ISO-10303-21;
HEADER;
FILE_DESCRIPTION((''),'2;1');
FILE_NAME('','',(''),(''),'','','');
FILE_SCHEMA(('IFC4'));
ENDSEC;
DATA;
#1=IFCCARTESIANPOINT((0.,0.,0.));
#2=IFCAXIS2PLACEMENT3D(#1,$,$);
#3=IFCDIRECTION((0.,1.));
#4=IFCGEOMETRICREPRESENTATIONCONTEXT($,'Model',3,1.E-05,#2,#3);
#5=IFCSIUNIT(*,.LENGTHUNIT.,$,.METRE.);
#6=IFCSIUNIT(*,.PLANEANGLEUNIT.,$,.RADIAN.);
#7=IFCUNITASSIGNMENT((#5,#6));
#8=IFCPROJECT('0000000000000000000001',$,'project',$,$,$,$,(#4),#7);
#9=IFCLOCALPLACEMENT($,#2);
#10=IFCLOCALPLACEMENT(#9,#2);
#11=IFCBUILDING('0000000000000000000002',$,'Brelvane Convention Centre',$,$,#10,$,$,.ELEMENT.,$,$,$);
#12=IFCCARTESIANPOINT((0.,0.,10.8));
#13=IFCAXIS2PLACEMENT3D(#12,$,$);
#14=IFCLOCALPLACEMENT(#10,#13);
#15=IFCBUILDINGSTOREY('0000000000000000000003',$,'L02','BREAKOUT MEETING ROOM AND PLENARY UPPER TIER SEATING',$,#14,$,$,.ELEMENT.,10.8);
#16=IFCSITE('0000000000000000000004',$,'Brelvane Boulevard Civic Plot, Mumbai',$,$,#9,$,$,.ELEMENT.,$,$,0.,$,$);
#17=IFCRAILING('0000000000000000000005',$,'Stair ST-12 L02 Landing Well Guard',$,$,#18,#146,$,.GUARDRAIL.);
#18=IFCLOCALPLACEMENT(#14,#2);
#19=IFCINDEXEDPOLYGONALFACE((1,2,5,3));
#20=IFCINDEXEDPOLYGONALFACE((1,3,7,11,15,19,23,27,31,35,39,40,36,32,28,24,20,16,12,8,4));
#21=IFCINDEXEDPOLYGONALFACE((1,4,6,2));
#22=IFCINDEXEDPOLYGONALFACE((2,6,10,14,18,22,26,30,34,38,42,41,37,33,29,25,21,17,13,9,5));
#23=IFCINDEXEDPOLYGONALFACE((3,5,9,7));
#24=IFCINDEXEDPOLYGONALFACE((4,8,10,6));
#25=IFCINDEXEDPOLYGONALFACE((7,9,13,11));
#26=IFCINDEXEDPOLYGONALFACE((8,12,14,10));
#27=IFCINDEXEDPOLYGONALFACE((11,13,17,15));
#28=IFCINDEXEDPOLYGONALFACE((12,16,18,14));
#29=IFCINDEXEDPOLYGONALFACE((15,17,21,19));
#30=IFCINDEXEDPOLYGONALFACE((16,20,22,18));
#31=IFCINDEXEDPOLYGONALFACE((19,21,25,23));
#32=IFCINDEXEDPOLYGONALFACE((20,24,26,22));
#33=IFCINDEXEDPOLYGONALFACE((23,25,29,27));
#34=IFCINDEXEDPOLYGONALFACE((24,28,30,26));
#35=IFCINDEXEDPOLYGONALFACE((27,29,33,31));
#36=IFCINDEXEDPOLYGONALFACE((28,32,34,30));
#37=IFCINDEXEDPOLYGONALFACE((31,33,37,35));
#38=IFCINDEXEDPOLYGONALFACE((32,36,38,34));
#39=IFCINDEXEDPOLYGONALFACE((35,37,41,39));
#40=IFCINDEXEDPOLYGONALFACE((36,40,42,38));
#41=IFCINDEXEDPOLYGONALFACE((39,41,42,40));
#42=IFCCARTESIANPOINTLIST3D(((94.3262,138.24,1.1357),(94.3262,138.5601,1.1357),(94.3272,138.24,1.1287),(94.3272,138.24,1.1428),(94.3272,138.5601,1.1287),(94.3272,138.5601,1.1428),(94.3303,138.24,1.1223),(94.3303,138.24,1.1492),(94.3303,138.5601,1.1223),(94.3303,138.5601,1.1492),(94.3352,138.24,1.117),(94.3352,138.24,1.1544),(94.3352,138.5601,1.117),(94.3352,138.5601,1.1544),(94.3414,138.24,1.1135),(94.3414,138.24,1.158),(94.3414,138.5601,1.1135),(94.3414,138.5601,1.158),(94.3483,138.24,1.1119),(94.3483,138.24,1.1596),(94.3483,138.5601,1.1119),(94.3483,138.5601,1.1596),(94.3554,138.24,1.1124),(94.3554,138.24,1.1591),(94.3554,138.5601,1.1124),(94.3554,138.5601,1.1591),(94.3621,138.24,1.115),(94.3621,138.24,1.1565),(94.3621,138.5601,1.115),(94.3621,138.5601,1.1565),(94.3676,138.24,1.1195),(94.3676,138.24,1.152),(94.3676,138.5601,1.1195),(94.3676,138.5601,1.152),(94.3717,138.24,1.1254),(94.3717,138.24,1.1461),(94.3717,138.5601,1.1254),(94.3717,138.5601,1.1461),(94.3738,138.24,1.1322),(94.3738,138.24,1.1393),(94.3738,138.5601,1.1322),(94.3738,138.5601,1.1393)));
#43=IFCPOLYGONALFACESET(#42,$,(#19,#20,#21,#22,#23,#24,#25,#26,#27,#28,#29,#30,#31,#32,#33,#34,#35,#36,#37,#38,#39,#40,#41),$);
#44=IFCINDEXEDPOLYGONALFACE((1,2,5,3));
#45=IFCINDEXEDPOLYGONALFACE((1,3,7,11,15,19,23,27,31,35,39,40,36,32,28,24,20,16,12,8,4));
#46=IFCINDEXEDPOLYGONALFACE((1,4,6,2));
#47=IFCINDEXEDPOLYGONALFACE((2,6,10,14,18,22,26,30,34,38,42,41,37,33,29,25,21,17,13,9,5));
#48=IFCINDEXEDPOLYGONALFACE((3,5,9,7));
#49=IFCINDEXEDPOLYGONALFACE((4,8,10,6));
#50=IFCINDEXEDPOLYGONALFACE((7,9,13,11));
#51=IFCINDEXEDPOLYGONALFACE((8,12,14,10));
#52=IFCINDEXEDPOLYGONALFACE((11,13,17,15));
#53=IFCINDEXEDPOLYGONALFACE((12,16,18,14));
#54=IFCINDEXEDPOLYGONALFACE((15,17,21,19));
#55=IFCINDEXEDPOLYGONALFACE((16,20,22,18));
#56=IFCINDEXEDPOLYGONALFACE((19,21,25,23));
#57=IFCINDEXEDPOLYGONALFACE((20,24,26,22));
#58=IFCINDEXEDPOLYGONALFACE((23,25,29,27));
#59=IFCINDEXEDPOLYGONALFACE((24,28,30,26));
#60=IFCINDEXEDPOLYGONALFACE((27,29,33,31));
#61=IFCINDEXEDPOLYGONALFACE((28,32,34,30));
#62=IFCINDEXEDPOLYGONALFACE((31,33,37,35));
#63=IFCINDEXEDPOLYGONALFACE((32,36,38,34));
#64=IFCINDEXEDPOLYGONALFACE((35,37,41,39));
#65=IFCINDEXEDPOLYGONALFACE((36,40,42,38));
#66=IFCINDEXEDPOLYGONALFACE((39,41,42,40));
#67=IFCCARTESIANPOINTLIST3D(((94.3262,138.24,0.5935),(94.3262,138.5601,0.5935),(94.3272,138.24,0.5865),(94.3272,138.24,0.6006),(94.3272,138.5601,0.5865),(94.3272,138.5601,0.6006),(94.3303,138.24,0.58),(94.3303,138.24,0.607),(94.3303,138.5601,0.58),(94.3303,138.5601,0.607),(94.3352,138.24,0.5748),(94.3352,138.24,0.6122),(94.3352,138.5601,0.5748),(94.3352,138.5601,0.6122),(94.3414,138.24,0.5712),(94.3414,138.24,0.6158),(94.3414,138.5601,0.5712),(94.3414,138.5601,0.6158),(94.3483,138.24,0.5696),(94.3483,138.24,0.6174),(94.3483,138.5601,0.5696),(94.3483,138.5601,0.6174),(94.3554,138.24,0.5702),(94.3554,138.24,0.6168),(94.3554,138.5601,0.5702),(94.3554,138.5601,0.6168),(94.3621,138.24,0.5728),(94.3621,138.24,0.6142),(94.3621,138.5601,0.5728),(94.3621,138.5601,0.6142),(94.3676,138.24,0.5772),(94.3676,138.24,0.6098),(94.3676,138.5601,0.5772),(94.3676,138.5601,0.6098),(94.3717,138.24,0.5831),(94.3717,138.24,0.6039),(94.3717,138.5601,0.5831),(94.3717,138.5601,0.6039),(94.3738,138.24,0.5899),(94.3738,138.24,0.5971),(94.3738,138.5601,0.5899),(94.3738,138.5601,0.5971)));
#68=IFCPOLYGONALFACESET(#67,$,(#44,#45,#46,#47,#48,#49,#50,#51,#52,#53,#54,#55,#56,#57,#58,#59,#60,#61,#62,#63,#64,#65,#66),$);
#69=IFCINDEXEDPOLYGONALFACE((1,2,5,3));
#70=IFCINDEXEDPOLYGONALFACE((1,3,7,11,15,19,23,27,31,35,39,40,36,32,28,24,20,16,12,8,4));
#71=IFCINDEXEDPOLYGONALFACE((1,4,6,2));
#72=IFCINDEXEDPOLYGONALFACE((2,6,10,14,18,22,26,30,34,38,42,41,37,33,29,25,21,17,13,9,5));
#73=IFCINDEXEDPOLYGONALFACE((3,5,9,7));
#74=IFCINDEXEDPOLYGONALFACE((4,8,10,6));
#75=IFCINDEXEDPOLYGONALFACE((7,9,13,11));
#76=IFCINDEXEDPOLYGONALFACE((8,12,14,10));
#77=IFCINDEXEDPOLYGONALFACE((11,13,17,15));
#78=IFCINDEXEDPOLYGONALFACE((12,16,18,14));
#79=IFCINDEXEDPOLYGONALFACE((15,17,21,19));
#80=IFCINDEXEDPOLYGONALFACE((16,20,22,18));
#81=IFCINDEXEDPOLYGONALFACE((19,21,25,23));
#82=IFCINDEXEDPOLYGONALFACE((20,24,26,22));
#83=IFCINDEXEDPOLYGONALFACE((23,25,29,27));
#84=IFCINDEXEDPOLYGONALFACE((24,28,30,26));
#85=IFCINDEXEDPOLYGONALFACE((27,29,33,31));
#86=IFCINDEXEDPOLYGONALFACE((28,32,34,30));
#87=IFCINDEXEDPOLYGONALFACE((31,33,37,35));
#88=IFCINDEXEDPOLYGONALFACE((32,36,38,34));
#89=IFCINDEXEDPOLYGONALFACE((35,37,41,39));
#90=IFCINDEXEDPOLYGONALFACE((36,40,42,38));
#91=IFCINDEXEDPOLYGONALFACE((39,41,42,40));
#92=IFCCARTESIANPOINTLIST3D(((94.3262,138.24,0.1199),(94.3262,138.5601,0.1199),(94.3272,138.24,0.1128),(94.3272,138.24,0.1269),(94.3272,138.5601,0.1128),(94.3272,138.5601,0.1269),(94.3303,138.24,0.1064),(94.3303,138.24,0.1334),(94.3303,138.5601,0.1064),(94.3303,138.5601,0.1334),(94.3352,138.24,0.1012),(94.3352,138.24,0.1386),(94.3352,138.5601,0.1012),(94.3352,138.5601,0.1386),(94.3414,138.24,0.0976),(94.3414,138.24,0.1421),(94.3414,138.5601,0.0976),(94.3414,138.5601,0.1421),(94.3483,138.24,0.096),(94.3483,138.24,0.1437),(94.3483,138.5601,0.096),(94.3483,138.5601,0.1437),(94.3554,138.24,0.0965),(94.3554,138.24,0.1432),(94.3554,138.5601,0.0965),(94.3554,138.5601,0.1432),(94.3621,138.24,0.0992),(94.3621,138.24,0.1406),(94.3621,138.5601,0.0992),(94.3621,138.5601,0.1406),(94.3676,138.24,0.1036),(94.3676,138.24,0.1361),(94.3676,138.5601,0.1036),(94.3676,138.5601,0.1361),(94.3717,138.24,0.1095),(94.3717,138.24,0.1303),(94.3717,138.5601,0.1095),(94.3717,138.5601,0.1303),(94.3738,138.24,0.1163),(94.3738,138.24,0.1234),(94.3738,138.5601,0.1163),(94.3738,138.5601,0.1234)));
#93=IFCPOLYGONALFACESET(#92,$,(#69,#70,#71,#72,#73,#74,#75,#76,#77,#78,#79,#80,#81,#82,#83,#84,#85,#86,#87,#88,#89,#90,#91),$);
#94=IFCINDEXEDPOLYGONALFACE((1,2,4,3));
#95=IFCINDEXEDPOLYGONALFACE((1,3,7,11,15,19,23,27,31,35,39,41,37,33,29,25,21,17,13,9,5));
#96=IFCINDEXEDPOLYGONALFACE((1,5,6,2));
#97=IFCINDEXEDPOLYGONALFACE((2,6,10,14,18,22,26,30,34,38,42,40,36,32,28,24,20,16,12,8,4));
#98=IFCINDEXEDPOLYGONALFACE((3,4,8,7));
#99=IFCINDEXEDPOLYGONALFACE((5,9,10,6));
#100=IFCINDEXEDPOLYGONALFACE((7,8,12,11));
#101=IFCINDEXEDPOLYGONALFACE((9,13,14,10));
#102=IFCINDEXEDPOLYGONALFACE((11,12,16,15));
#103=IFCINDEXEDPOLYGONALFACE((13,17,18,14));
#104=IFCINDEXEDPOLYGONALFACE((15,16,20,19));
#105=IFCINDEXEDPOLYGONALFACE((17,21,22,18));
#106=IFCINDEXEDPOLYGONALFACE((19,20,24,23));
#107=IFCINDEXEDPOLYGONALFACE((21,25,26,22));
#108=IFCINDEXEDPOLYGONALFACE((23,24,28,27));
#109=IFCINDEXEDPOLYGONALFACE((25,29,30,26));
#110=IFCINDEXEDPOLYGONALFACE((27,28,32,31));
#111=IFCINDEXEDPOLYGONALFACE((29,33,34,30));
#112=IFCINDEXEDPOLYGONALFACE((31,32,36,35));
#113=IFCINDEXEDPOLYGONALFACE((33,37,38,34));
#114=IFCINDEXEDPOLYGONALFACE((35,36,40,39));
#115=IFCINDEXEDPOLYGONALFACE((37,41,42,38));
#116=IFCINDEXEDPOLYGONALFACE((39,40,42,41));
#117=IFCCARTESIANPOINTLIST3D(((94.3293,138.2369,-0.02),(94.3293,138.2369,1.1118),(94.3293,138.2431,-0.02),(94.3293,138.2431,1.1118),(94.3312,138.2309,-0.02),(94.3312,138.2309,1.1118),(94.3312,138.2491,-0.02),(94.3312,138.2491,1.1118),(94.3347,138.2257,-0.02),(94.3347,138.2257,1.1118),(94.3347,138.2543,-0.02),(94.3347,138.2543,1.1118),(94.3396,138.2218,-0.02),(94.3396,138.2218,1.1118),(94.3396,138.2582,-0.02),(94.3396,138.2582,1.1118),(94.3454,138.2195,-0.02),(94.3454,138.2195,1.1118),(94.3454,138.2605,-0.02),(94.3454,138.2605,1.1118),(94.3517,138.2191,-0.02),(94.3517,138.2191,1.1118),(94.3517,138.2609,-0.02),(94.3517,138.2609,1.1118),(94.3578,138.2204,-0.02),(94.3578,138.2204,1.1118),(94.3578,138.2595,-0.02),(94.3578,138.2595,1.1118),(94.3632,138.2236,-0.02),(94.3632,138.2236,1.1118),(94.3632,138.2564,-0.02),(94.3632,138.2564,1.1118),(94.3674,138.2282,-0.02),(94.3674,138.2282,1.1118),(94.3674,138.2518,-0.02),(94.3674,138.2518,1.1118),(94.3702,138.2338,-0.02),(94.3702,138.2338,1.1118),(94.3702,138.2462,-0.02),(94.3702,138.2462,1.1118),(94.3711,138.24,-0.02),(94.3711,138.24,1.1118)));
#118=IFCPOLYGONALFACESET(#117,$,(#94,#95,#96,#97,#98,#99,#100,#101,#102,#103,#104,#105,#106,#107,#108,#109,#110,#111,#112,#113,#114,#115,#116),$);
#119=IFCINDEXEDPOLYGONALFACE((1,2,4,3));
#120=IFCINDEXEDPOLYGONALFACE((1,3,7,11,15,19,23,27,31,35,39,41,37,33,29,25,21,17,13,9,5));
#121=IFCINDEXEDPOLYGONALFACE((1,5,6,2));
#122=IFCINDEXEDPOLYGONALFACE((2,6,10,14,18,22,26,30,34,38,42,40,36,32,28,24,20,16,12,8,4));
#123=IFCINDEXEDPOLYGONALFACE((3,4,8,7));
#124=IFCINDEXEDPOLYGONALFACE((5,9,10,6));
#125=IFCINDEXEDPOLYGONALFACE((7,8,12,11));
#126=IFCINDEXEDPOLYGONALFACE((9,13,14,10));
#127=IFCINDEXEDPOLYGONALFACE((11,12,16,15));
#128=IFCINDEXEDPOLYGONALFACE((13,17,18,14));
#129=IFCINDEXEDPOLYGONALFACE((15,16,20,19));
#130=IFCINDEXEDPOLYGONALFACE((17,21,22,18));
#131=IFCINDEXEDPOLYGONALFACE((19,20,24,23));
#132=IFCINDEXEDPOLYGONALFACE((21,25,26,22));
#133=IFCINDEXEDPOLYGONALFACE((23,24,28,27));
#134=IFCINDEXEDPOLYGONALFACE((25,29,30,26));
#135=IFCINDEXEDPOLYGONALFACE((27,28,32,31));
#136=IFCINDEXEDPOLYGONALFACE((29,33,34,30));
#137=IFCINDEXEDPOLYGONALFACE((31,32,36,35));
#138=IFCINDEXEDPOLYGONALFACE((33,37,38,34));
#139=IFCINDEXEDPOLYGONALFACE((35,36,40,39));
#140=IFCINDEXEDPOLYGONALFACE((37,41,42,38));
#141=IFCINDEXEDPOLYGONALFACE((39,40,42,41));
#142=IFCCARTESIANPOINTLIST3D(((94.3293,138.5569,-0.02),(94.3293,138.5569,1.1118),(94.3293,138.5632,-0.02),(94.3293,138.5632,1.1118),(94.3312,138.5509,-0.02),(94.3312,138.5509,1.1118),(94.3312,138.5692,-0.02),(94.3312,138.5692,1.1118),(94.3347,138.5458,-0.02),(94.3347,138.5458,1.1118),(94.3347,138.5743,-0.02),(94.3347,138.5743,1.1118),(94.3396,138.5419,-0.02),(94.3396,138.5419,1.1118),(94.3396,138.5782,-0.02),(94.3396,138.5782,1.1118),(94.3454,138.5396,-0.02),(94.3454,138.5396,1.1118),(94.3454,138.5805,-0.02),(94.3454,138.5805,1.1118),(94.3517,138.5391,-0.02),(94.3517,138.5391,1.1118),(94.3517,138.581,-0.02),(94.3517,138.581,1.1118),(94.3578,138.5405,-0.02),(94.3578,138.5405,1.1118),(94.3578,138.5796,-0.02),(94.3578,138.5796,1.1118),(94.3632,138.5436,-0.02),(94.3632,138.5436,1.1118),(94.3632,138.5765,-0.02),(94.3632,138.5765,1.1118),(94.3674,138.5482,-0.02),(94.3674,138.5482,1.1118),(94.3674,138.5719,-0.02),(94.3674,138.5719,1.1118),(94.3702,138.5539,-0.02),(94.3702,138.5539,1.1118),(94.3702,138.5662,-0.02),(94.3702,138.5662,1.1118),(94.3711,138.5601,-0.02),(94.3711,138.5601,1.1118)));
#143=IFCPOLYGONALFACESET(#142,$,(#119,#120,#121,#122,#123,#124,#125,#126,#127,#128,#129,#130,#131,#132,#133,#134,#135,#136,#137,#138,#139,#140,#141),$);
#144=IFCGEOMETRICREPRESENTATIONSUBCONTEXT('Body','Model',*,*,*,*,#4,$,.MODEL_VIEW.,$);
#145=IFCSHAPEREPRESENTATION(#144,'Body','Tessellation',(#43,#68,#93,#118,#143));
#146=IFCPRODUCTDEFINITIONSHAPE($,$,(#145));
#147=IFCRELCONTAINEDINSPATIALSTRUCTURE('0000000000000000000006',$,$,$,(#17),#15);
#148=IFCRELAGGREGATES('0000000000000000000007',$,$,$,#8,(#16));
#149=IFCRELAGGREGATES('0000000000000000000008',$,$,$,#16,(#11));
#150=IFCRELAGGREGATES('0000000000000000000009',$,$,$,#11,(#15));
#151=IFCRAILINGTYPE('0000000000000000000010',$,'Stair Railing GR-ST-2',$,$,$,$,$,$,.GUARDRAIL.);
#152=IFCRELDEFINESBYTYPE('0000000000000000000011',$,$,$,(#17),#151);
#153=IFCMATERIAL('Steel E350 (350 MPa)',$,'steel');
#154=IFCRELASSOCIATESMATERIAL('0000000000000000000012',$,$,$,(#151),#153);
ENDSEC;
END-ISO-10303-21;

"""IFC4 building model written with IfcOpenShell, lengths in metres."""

from ifc_helpers import new_model, si_unit, direction, frame, origin, origin_2d, place, context, subcontext, project, spatial, circle, extrude, material, type_object, element, save


model = new_model("IFC4")

# Units and contexts
model_context = context("Model", 3, precision=1e-05, world=origin(), true_north=direction((0.0, 1.0)))
body_context = subcontext(model_context, "Body", "Model", "MODEL_VIEW")
ifc_project = project(units=[si_unit("LENGTHUNIT", "METRE"), si_unit("PLANEANGLEUNIT", "RADIAN")], contexts=[model_context])

# Site, building, storey
site_placement = place(None, origin())
site = spatial("IfcSite", under=ifc_project, at=site_placement, Name="Brelvane Boulevard Civic Plot, Mumbai", CompositionType="ELEMENT", RefElevation=0.0)
building_placement = place(site_placement, origin())
building = spatial("IfcBuilding", under=site, at=building_placement, Name="Brelvane Convention Centre", CompositionType="ELEMENT")
storey_placement = place(building_placement, frame((0.0, 0.0, 10.8)))
storey = spatial("IfcBuildingStorey", under=building, at=storey_placement, Name="L02", Description="BREAKOUT MEETING ROOM AND PLENARY UPPER TIER SEATING", CompositionType="ELEMENT", Elevation=10.8)

# Railing
ifc_material_1 = material(Name="Steel E350 (350 MPa)", Category="steel")
railing_type_1 = type_object("IfcRailingType", Name="Stair Railing GR-ST-2", PredefinedType="GUARDRAIL", material=ifc_material_1)
railing_1_placement = place(storey_placement, frame((94.3501, 138.24, -0.02)))
element("IfcRailing", 1, at=railing_1_placement, inside=storey, type_object=railing_type_1, Name="Stair ST-12 L02 Landing Well Guard", PredefinedType="GUARDRAIL", context=body_context, shape_type="SweptSolid", body=[
    extrude(circle(Radius=0.0239, at=origin_2d()), frame((0.0, 0.0, 1.1558), z_axis=(0.0, 1.0, 0.0), x_axis=(-1.0, 0.0, 0.0)), (0.0, 0.0, 1.0), 0.3201),
    extrude(circle(Radius=0.0239, at=origin_2d()), frame((0.0, 0.0, 0.6135), z_axis=(0.0, 1.0, 0.0), x_axis=(-1.0, 0.0, 0.0)), (0.0, 0.0, 1.0), 0.3201),
    extrude(circle(Radius=0.0239, at=origin_2d()), frame((0.0, 0.0, 0.1399), z_axis=(0.0, 1.0, 0.0), x_axis=(-1.0, 0.0, 0.0)), (0.0, 0.0, 1.0), 0.3201),
    extrude(circle(Radius=0.021, at=origin_2d()), origin(), (0.0, 0.0, 1.0), 1.1318),
    extrude(circle(Radius=0.021, at=origin_2d()), frame((0.0, 0.3201, 0.0)), (0.0, 0.0, 1.0), 1.1318),
])

save(model, "model.ifc")
